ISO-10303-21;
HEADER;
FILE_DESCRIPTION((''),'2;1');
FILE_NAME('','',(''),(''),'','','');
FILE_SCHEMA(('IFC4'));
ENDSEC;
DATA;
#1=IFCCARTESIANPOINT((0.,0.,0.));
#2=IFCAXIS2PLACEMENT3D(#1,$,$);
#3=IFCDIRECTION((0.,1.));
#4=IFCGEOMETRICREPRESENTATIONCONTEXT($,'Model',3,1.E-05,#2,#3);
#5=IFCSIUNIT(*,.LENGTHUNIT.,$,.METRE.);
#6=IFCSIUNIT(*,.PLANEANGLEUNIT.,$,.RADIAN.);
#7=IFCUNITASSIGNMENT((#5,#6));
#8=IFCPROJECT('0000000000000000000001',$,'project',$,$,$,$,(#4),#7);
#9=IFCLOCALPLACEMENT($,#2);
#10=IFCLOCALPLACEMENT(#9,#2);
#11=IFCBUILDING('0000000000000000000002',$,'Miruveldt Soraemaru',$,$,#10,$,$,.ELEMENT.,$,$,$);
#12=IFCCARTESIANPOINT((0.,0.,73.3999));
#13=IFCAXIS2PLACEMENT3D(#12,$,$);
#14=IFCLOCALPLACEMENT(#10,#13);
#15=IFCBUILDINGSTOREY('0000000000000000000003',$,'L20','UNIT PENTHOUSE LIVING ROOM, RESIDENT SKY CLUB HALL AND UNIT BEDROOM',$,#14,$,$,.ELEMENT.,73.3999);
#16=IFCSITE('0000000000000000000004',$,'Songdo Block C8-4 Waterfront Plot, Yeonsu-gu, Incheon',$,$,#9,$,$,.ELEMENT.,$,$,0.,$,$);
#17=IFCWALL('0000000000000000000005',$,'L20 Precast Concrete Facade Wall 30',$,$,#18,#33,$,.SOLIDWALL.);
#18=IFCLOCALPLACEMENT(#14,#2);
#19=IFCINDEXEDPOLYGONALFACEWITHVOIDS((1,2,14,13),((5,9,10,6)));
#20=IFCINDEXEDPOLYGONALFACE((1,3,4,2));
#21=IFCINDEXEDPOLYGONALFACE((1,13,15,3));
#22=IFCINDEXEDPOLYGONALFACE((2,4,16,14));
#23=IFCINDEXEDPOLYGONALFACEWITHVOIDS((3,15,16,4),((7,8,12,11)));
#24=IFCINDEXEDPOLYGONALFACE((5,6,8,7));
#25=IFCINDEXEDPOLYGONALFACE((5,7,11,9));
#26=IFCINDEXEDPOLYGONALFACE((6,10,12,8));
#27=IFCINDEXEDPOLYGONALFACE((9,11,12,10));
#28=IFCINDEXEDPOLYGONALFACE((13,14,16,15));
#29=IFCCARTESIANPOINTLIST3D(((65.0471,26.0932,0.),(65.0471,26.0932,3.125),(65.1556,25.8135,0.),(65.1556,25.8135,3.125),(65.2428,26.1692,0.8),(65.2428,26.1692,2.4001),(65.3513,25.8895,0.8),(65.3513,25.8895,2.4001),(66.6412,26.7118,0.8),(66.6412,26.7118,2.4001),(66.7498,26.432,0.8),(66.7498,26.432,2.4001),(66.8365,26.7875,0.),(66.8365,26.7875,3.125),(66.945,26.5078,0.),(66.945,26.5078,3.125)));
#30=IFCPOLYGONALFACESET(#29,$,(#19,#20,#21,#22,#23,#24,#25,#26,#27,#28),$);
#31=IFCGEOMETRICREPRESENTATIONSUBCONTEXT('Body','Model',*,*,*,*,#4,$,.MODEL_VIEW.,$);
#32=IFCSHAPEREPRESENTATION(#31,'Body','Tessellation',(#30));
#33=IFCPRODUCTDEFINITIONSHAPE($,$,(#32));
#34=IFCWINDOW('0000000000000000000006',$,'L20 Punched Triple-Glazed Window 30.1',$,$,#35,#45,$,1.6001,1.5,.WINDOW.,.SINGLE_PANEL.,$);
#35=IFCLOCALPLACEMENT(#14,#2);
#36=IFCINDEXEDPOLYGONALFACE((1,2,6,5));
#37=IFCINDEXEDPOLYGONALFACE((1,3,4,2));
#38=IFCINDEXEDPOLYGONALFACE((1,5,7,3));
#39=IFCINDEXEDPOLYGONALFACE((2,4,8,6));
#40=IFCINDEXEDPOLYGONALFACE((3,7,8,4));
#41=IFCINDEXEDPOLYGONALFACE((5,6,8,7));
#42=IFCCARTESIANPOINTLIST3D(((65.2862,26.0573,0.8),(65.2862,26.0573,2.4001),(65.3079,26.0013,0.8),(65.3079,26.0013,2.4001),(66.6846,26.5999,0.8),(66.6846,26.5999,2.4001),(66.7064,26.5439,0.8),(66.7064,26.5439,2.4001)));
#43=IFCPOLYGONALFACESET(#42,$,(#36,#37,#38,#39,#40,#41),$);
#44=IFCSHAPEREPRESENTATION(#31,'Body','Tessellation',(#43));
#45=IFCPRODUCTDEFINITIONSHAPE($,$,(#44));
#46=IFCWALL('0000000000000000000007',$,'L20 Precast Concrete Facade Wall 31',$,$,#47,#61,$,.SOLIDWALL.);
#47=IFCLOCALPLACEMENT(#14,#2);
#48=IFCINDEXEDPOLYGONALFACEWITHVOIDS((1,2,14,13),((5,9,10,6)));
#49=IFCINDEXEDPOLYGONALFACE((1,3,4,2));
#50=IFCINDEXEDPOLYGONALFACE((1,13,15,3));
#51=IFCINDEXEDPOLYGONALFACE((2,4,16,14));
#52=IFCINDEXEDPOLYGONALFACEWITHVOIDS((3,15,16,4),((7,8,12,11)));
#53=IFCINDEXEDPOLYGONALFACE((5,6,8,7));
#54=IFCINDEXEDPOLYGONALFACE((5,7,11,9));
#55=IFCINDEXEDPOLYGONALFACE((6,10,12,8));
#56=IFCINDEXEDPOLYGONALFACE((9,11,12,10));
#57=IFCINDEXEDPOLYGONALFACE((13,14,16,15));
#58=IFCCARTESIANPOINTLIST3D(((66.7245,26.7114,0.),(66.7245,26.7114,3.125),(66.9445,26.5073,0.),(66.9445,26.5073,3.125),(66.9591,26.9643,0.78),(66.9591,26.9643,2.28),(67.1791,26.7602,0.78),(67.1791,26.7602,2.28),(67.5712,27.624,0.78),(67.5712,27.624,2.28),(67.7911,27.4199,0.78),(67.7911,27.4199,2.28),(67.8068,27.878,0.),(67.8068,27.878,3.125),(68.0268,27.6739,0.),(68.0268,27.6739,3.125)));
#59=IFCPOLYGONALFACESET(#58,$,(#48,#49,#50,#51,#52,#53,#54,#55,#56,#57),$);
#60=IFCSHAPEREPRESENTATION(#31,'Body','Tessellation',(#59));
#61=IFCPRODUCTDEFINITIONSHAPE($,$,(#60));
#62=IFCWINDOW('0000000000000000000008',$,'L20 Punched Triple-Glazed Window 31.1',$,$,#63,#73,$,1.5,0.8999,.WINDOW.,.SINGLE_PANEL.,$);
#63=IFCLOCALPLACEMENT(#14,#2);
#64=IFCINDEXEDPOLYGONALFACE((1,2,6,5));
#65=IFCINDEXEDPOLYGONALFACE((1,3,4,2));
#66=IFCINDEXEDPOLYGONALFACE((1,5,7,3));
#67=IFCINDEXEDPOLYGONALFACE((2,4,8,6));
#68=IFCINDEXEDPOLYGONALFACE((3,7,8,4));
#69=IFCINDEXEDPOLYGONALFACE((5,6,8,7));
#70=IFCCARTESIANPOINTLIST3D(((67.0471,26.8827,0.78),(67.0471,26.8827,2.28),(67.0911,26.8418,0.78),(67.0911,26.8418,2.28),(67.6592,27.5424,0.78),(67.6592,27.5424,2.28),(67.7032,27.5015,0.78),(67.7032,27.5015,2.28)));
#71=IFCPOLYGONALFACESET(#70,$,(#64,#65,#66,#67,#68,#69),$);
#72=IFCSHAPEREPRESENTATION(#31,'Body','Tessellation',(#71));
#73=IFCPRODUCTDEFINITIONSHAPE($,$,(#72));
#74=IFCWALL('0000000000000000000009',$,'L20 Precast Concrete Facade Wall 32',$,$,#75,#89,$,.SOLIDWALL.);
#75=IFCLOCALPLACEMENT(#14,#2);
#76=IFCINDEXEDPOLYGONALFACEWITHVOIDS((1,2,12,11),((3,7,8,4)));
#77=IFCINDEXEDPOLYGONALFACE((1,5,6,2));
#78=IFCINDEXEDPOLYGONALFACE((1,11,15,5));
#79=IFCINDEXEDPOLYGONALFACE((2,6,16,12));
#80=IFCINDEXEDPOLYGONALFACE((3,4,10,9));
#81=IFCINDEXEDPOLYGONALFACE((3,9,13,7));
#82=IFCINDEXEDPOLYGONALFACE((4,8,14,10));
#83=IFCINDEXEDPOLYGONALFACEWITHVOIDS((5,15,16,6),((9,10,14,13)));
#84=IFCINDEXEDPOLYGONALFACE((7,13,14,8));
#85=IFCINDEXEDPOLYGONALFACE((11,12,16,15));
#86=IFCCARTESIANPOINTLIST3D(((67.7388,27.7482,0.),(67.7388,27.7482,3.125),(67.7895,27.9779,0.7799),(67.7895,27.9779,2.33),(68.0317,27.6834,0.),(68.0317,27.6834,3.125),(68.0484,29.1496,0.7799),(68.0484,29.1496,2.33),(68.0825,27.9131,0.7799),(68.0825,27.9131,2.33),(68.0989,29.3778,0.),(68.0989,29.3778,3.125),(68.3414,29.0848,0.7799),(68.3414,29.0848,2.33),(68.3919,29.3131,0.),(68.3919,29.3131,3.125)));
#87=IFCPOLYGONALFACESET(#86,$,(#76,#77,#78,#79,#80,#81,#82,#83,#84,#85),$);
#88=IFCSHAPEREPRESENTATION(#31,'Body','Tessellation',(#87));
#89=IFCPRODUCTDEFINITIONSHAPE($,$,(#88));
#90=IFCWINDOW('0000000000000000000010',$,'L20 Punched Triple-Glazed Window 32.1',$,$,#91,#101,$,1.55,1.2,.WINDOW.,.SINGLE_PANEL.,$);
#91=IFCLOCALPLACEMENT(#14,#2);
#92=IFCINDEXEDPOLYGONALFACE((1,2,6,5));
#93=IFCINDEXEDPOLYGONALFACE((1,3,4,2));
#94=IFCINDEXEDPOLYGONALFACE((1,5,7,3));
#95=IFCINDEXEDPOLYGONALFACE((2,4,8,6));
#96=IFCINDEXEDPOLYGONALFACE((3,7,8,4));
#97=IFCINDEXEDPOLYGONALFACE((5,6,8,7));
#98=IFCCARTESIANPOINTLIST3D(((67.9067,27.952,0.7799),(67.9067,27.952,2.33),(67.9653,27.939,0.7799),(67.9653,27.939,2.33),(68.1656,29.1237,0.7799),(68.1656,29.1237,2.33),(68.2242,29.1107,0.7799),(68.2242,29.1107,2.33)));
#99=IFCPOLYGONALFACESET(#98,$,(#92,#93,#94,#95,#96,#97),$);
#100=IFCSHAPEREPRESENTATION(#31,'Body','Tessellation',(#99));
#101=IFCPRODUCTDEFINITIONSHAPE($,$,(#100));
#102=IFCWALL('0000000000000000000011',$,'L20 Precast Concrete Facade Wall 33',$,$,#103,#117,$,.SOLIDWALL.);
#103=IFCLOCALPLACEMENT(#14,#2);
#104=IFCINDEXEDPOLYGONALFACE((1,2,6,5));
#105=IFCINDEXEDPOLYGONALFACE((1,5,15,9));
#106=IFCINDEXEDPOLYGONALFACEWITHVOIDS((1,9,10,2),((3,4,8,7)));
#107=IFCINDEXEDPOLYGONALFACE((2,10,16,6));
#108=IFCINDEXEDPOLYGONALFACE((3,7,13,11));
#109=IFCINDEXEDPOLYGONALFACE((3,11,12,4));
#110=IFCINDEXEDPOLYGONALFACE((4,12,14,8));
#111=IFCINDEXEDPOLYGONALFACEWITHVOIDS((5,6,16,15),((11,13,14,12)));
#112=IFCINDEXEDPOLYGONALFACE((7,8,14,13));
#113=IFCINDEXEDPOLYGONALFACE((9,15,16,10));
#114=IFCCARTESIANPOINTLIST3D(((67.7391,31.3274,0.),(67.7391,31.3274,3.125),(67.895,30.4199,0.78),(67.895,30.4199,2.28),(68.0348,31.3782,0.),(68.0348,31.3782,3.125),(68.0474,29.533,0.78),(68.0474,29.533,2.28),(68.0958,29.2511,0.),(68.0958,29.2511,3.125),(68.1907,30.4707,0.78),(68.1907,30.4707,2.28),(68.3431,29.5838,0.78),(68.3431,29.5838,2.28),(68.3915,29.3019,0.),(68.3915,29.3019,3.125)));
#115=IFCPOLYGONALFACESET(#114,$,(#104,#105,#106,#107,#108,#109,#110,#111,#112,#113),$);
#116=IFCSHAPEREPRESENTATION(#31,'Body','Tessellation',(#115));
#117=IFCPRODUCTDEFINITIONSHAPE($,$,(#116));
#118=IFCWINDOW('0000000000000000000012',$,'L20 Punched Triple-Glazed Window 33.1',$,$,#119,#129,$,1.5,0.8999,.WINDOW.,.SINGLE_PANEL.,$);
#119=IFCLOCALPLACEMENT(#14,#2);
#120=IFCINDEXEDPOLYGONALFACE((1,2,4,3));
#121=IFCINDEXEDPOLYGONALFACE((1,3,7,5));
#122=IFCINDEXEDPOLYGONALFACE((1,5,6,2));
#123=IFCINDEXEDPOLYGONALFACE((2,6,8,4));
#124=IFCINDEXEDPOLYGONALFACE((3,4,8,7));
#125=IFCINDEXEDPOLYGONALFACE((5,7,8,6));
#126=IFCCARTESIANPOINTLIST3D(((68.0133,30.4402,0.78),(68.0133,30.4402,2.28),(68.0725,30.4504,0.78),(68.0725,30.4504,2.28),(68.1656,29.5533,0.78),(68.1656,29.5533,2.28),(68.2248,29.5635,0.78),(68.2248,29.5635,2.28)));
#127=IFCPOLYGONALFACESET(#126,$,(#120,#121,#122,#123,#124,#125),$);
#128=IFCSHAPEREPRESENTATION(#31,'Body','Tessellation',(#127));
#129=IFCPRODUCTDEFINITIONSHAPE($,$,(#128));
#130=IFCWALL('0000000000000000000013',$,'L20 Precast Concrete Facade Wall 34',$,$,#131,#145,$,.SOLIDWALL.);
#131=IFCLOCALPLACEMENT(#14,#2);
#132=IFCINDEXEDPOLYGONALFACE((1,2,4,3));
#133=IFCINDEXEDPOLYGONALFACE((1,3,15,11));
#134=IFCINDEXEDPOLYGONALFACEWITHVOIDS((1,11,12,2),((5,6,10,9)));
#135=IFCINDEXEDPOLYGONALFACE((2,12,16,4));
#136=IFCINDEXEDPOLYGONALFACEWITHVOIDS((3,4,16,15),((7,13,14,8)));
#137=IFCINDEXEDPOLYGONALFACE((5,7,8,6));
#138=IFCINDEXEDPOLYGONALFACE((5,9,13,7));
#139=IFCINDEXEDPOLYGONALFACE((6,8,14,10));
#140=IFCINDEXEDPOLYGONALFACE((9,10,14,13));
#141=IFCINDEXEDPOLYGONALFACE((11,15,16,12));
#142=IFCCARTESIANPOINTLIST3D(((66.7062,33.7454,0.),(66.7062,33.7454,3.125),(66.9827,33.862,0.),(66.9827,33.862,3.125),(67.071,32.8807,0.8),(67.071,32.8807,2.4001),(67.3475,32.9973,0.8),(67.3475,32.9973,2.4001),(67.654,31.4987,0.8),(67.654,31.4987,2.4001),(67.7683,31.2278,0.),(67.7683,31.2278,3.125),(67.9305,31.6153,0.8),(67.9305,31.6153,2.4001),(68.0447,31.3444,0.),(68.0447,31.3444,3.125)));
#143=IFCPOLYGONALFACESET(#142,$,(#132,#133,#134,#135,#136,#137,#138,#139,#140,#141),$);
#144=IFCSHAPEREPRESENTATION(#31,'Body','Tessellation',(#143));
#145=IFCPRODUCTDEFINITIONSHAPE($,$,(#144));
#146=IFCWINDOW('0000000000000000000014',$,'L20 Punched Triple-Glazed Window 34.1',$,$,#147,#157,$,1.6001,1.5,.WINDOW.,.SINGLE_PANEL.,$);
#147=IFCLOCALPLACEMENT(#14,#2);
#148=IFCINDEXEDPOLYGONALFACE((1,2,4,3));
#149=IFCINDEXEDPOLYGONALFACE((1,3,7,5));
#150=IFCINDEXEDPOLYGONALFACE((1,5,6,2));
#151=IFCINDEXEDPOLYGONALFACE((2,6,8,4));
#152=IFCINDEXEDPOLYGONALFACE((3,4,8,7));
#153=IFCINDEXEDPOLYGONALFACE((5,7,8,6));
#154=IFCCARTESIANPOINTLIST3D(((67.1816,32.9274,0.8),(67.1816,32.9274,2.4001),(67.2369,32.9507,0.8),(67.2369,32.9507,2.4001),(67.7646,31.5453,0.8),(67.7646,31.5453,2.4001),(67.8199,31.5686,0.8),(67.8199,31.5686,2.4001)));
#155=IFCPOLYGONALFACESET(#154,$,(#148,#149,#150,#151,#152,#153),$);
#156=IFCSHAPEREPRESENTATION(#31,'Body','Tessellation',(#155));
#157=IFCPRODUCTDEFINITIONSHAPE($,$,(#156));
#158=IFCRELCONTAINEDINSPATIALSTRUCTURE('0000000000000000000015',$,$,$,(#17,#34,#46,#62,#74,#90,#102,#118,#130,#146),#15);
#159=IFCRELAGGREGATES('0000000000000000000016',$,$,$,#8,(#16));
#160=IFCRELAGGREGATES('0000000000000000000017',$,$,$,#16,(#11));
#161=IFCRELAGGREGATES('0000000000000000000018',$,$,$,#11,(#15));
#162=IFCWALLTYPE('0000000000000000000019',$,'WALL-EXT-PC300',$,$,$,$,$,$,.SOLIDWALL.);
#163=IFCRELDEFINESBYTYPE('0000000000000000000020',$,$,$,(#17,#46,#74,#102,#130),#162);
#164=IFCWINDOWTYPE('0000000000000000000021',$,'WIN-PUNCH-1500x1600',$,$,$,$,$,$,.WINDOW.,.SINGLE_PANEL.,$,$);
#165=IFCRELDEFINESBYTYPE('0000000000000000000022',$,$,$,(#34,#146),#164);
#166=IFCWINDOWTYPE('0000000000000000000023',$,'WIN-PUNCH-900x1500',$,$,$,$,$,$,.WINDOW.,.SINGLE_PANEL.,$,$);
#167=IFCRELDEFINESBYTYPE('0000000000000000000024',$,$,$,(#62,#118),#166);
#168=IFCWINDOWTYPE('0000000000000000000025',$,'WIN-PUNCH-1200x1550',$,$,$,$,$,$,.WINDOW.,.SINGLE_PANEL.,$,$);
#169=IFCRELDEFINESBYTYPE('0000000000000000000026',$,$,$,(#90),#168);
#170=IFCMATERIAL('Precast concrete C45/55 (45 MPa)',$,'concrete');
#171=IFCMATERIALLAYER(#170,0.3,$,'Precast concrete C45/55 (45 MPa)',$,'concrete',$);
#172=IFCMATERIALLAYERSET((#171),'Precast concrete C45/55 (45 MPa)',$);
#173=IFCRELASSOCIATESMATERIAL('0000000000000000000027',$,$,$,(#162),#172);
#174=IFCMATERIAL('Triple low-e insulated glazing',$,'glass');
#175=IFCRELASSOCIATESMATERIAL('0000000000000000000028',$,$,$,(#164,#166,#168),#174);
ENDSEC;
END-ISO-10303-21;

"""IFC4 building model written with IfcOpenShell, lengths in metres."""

from ifc_helpers import new_model, si_unit, direction, frame, frame_2d, origin, place, context, subcontext, project, spatial, rectangle, extrude, material, layer, layer_set, type_object, element, fill, save


model = new_model("IFC4")

# Units and contexts
model_context = context("Model", 3, precision=1e-05, world=origin(), true_north=direction((0.0, 1.0)))
body_context = subcontext(model_context, "Body", "Model", "MODEL_VIEW")
ifc_project = project(units=[si_unit("LENGTHUNIT", "METRE"), si_unit("PLANEANGLEUNIT", "RADIAN")], contexts=[model_context])

# Site, building, storey
site_placement = place(None, origin())
site = spatial("IfcSite", under=ifc_project, at=site_placement, Name="Songdo Block C8-4 Waterfront Plot, Yeonsu-gu, Incheon", CompositionType="ELEMENT", RefElevation=0.0)
building_placement = place(site_placement, origin())
building = spatial("IfcBuilding", under=site, at=building_placement, Name="Miruveldt Soraemaru", CompositionType="ELEMENT")
storey_placement = place(building_placement, frame((0.0, 0.0, 73.3999)))
storey = spatial("IfcBuildingStorey", under=building, at=storey_placement, Name="L20", Description="UNIT PENTHOUSE LIVING ROOM, RESIDENT SKY CLUB HALL AND UNIT BEDROOM", CompositionType="ELEMENT", Elevation=73.3999)

# Walls, openings, windows
ifc_material_1 = material(Name="Precast concrete C45/55 (45 MPa)", Category="concrete")
ifc_layer_1 = layer(ifc_material_1, 0.3, Name="Precast concrete C45/55 (45 MPa)", Category="concrete")
ifc_layer_set_1 = layer_set([ifc_layer_1], Name="Precast concrete C45/55 (45 MPa)")
wall_type_1 = type_object("IfcWallType", Name="WALL-EXT-PC300", PredefinedType="SOLIDWALL", material=ifc_layer_set_1)
wall_1_placement = place(storey_placement, frame((65.1013, 25.9534, 0.0), z_axis=(0.0, 0.0, 1.0), x_axis=(0.932286, 0.361722, 0.0)))
wall_1 = element("IfcWall", 1, at=wall_1_placement, inside=storey, type_object=wall_type_1, Name="L20 Precast Concrete Facade Wall 30", PredefinedType="SOLIDWALL", context=body_context, shape_type="SweptSolid", body=[
    extrude(rectangle(XDim=1.9194, YDim=0.3, at=frame_2d((0.9597, 0.0))), origin(), (0.0, 0.0, 1.0), 3.125),
])
opening_1_placement = place(wall_1_placement, frame((0.21, 0.0, 0.8)))
opening_1 = element("IfcOpeningElement", 2, at=opening_1_placement, cuts=wall_1, PredefinedType="OPENING", context=body_context, shape_type="SweptSolid", body=[
    extrude(rectangle(XDim=1.5, YDim=1.6001, at=frame_2d((0.75, 0.8))), frame((0.0, 0.1602, 0.0), z_axis=(0.0, -1.0, 0.0), x_axis=(1.0, 0.0, 0.0)), (0.0, 0.0, 1.0), 0.3201),
])
ifc_material_2 = material(Name="Triple low-e insulated glazing", Category="glass")
window_type_1 = type_object("IfcWindowType", Name="WIN-PUNCH-1500x1600", PartitioningType="SINGLE_PANEL", PredefinedType="WINDOW", material=ifc_material_2)
window_1_placement = place(opening_1_placement, origin())
window_1 = element("IfcWindow", 3, at=window_1_placement, inside=storey, type_object=window_type_1, Name="L20 Punched Triple-Glazed Window 30.1", OverallHeight=1.6001, OverallWidth=1.5, PartitioningType="SINGLE_PANEL", PredefinedType="WINDOW", context=body_context, shape_type="SweptSolid", body=[
    extrude(rectangle(XDim=1.5, YDim=1.6001, at=frame_2d((0.75, 0.8))), frame((0.0, 0.03, 0.0), z_axis=(0.0, -1.0, 0.0), x_axis=(1.0, 0.0, 0.0)), (0.0, 0.0, 1.0), 0.0601),
])
fill(opening_1, window_1)
wall_2_placement = place(storey_placement, frame((66.8345, 26.6094, 0.0), z_axis=(0.0, 0.0, 1.0), x_axis=(0.680145, 0.733078, 0.0)))
wall_2 = element("IfcWall", 4, at=wall_2_placement, inside=storey, type_object=wall_type_1, Name="L20 Precast Concrete Facade Wall 31", PredefinedType="SOLIDWALL", context=body_context, shape_type="SweptSolid", body=[
    extrude(rectangle(XDim=1.5913, YDim=0.3, at=frame_2d((0.7957, 0.0))), origin(), (0.0, 0.0, 1.0), 3.125),
])
opening_2_placement = place(wall_2_placement, frame((0.345, 0.0, 0.78)))
opening_2 = element("IfcOpeningElement", 5, at=opening_2_placement, cuts=wall_2, PredefinedType="OPENING", context=body_context, shape_type="SweptSolid", body=[
    extrude(rectangle(XDim=0.8999, YDim=1.5, at=frame_2d((0.45, 0.75))), frame((0.0, 0.1602, 0.0), z_axis=(0.0, -1.0, 0.0), x_axis=(1.0, 0.0, 0.0)), (0.0, 0.0, 1.0), 0.3201),
])
window_type_2 = type_object("IfcWindowType", Name="WIN-PUNCH-900x1500", PartitioningType="SINGLE_PANEL", PredefinedType="WINDOW", material=ifc_material_2)
window_2_placement = place(opening_2_placement, origin())
window_2 = element("IfcWindow", 6, at=window_2_placement, inside=storey, type_object=window_type_2, Name="L20 Punched Triple-Glazed Window 31.1", OverallHeight=1.5, OverallWidth=0.8999, PartitioningType="SINGLE_PANEL", PredefinedType="WINDOW", context=body_context, shape_type="SweptSolid", body=[
    extrude(rectangle(XDim=0.8999, YDim=1.5, at=frame_2d((0.45, 0.75))), frame((0.0, 0.03, 0.0), z_axis=(0.0, -1.0, 0.0), x_axis=(1.0, 0.0, 0.0)), (0.0, 0.0, 1.0), 0.0601),
])
fill(opening_2, window_2)
wall_3_placement = place(storey_placement, frame((67.8853, 27.7158, 0.0), z_axis=(0.0, 0.0, 1.0), x_axis=(0.215769, 0.976445, 0.0)))
wall_3 = element("IfcWall", 7, at=wall_3_placement, inside=storey, type_object=wall_type_1, Name="L20 Precast Concrete Facade Wall 32", PredefinedType="SOLIDWALL", context=body_context, shape_type="SweptSolid", body=[
    extrude(rectangle(XDim=1.6689, YDim=0.3, at=frame_2d((0.8345, 0.0))), origin(), (0.0, 0.0, 1.0), 3.125),
])
opening_3_placement = place(wall_3_placement, frame((0.2351, 0.0, 0.78)))
opening_3 = element("IfcOpeningElement", 8, at=opening_3_placement, cuts=wall_3, PredefinedType="OPENING", context=body_context, shape_type="SweptSolid", body=[
    extrude(rectangle(XDim=1.2, YDim=1.55, at=frame_2d((0.6001, 0.7749))), frame((0.0, 0.1602, 0.0), z_axis=(0.0, -1.0, 0.0), x_axis=(1.0, 0.0, 0.0)), (0.0, 0.0, 1.0), 0.3201),
])
window_type_3 = type_object("IfcWindowType", Name="WIN-PUNCH-1200x1550", PartitioningType="SINGLE_PANEL", PredefinedType="WINDOW", material=ifc_material_2)
window_3_placement = place(opening_3_placement, origin())
window_3 = element("IfcWindow", 9, at=window_3_placement, inside=storey, type_object=window_type_3, Name="L20 Punched Triple-Glazed Window 32.1", OverallHeight=1.55, OverallWidth=1.2, PartitioningType="SINGLE_PANEL", PredefinedType="WINDOW", context=body_context, shape_type="SweptSolid", body=[
    extrude(rectangle(XDim=1.2, YDim=1.55, at=frame_2d((0.6001, 0.7749))), frame((0.0, 0.03, 0.0), z_axis=(0.0, -1.0, 0.0), x_axis=(1.0, 0.0, 0.0)), (0.0, 0.0, 1.0), 0.0601),
])
fill(opening_3, window_3)
wall_4_placement = place(storey_placement, frame((68.2437, 29.2766, 0.0), z_axis=(0.0, 0.0, 1.0), x_axis=(-0.169321, 0.985561, 0.0)))
wall_4 = element("IfcWall", 10, at=wall_4_placement, inside=storey, type_object=wall_type_1, Name="L20 Precast Concrete Facade Wall 33", PredefinedType="SOLIDWALL", context=body_context, shape_type="SweptSolid", body=[
    extrude(rectangle(XDim=2.1067, YDim=0.3, at=frame_2d((1.0532, 0.0))), origin(), (0.0, 0.0, 1.0), 3.125),
])
opening_4_placement = place(wall_4_placement, frame((0.2859, 0.0, 0.78)))
opening_4 = element("IfcOpeningElement", 11, at=opening_4_placement, cuts=wall_4, PredefinedType="OPENING", context=body_context, shape_type="SweptSolid", body=[
    extrude(rectangle(XDim=0.8999, YDim=1.5, at=frame_2d((0.45, 0.75))), frame((0.0, 0.1602, 0.0), z_axis=(0.0, -1.0, 0.0), x_axis=(1.0, 0.0, 0.0)), (0.0, 0.0, 1.0), 0.3201),
])
window_4_placement = place(opening_4_placement, origin())
window_4 = element("IfcWindow", 12, at=window_4_placement, inside=storey, type_object=window_type_2, Name="L20 Punched Triple-Glazed Window 33.1", OverallHeight=1.5, OverallWidth=0.8999, PartitioningType="SINGLE_PANEL", PredefinedType="WINDOW", context=body_context, shape_type="SweptSolid", body=[
    extrude(rectangle(XDim=0.8999, YDim=1.5, at=frame_2d((0.45, 0.75))), frame((0.0, 0.03, 0.0), z_axis=(0.0, -1.0, 0.0), x_axis=(1.0, 0.0, 0.0)), (0.0, 0.0, 1.0), 0.0601),
])
fill(opening_4, window_4)
wall_5_placement = place(storey_placement, frame((67.9065, 31.2861, 0.0), z_axis=(0.0, 0.0, 1.0), x_axis=(-0.388672, 0.921376, 0.0)))
wall_5 = element("IfcWall", 13, at=wall_5_placement, inside=storey, type_object=wall_type_1, Name="L20 Precast Concrete Facade Wall 34", PredefinedType="SOLIDWALL", context=body_context, shape_type="SweptSolid", body=[
    extrude(rectangle(XDim=2.7324, YDim=0.3, at=frame_2d((1.3662, 0.0))), origin(), (0.0, 0.0, 1.0), 3.125),
])
opening_5_placement = place(wall_5_placement, frame((0.2939, 0.0, 0.8)))
opening_5 = element("IfcOpeningElement", 14, at=opening_5_placement, cuts=wall_5, PredefinedType="OPENING", context=body_context, shape_type="SweptSolid", body=[
    extrude(rectangle(XDim=1.5, YDim=1.6001, at=frame_2d((0.75, 0.8))), frame((0.0, 0.1602, 0.0), z_axis=(0.0, -1.0, 0.0), x_axis=(1.0, 0.0, 0.0)), (0.0, 0.0, 1.0), 0.3201),
])
window_5_placement = place(opening_5_placement, origin())
window_5 = element("IfcWindow", 15, at=window_5_placement, inside=storey, type_object=window_type_1, Name="L20 Punched Triple-Glazed Window 34.1", OverallHeight=1.6001, OverallWidth=1.5, PartitioningType="SINGLE_PANEL", PredefinedType="WINDOW", context=body_context, shape_type="SweptSolid", body=[
    extrude(rectangle(XDim=1.5, YDim=1.6001, at=frame_2d((0.75, 0.8))), frame((0.0, 0.03, 0.0), z_axis=(0.0, -1.0, 0.0), x_axis=(1.0, 0.0, 0.0)), (0.0, 0.0, 1.0), 0.0601),
])
fill(opening_5, window_5)

save(model, "model.ifc")
